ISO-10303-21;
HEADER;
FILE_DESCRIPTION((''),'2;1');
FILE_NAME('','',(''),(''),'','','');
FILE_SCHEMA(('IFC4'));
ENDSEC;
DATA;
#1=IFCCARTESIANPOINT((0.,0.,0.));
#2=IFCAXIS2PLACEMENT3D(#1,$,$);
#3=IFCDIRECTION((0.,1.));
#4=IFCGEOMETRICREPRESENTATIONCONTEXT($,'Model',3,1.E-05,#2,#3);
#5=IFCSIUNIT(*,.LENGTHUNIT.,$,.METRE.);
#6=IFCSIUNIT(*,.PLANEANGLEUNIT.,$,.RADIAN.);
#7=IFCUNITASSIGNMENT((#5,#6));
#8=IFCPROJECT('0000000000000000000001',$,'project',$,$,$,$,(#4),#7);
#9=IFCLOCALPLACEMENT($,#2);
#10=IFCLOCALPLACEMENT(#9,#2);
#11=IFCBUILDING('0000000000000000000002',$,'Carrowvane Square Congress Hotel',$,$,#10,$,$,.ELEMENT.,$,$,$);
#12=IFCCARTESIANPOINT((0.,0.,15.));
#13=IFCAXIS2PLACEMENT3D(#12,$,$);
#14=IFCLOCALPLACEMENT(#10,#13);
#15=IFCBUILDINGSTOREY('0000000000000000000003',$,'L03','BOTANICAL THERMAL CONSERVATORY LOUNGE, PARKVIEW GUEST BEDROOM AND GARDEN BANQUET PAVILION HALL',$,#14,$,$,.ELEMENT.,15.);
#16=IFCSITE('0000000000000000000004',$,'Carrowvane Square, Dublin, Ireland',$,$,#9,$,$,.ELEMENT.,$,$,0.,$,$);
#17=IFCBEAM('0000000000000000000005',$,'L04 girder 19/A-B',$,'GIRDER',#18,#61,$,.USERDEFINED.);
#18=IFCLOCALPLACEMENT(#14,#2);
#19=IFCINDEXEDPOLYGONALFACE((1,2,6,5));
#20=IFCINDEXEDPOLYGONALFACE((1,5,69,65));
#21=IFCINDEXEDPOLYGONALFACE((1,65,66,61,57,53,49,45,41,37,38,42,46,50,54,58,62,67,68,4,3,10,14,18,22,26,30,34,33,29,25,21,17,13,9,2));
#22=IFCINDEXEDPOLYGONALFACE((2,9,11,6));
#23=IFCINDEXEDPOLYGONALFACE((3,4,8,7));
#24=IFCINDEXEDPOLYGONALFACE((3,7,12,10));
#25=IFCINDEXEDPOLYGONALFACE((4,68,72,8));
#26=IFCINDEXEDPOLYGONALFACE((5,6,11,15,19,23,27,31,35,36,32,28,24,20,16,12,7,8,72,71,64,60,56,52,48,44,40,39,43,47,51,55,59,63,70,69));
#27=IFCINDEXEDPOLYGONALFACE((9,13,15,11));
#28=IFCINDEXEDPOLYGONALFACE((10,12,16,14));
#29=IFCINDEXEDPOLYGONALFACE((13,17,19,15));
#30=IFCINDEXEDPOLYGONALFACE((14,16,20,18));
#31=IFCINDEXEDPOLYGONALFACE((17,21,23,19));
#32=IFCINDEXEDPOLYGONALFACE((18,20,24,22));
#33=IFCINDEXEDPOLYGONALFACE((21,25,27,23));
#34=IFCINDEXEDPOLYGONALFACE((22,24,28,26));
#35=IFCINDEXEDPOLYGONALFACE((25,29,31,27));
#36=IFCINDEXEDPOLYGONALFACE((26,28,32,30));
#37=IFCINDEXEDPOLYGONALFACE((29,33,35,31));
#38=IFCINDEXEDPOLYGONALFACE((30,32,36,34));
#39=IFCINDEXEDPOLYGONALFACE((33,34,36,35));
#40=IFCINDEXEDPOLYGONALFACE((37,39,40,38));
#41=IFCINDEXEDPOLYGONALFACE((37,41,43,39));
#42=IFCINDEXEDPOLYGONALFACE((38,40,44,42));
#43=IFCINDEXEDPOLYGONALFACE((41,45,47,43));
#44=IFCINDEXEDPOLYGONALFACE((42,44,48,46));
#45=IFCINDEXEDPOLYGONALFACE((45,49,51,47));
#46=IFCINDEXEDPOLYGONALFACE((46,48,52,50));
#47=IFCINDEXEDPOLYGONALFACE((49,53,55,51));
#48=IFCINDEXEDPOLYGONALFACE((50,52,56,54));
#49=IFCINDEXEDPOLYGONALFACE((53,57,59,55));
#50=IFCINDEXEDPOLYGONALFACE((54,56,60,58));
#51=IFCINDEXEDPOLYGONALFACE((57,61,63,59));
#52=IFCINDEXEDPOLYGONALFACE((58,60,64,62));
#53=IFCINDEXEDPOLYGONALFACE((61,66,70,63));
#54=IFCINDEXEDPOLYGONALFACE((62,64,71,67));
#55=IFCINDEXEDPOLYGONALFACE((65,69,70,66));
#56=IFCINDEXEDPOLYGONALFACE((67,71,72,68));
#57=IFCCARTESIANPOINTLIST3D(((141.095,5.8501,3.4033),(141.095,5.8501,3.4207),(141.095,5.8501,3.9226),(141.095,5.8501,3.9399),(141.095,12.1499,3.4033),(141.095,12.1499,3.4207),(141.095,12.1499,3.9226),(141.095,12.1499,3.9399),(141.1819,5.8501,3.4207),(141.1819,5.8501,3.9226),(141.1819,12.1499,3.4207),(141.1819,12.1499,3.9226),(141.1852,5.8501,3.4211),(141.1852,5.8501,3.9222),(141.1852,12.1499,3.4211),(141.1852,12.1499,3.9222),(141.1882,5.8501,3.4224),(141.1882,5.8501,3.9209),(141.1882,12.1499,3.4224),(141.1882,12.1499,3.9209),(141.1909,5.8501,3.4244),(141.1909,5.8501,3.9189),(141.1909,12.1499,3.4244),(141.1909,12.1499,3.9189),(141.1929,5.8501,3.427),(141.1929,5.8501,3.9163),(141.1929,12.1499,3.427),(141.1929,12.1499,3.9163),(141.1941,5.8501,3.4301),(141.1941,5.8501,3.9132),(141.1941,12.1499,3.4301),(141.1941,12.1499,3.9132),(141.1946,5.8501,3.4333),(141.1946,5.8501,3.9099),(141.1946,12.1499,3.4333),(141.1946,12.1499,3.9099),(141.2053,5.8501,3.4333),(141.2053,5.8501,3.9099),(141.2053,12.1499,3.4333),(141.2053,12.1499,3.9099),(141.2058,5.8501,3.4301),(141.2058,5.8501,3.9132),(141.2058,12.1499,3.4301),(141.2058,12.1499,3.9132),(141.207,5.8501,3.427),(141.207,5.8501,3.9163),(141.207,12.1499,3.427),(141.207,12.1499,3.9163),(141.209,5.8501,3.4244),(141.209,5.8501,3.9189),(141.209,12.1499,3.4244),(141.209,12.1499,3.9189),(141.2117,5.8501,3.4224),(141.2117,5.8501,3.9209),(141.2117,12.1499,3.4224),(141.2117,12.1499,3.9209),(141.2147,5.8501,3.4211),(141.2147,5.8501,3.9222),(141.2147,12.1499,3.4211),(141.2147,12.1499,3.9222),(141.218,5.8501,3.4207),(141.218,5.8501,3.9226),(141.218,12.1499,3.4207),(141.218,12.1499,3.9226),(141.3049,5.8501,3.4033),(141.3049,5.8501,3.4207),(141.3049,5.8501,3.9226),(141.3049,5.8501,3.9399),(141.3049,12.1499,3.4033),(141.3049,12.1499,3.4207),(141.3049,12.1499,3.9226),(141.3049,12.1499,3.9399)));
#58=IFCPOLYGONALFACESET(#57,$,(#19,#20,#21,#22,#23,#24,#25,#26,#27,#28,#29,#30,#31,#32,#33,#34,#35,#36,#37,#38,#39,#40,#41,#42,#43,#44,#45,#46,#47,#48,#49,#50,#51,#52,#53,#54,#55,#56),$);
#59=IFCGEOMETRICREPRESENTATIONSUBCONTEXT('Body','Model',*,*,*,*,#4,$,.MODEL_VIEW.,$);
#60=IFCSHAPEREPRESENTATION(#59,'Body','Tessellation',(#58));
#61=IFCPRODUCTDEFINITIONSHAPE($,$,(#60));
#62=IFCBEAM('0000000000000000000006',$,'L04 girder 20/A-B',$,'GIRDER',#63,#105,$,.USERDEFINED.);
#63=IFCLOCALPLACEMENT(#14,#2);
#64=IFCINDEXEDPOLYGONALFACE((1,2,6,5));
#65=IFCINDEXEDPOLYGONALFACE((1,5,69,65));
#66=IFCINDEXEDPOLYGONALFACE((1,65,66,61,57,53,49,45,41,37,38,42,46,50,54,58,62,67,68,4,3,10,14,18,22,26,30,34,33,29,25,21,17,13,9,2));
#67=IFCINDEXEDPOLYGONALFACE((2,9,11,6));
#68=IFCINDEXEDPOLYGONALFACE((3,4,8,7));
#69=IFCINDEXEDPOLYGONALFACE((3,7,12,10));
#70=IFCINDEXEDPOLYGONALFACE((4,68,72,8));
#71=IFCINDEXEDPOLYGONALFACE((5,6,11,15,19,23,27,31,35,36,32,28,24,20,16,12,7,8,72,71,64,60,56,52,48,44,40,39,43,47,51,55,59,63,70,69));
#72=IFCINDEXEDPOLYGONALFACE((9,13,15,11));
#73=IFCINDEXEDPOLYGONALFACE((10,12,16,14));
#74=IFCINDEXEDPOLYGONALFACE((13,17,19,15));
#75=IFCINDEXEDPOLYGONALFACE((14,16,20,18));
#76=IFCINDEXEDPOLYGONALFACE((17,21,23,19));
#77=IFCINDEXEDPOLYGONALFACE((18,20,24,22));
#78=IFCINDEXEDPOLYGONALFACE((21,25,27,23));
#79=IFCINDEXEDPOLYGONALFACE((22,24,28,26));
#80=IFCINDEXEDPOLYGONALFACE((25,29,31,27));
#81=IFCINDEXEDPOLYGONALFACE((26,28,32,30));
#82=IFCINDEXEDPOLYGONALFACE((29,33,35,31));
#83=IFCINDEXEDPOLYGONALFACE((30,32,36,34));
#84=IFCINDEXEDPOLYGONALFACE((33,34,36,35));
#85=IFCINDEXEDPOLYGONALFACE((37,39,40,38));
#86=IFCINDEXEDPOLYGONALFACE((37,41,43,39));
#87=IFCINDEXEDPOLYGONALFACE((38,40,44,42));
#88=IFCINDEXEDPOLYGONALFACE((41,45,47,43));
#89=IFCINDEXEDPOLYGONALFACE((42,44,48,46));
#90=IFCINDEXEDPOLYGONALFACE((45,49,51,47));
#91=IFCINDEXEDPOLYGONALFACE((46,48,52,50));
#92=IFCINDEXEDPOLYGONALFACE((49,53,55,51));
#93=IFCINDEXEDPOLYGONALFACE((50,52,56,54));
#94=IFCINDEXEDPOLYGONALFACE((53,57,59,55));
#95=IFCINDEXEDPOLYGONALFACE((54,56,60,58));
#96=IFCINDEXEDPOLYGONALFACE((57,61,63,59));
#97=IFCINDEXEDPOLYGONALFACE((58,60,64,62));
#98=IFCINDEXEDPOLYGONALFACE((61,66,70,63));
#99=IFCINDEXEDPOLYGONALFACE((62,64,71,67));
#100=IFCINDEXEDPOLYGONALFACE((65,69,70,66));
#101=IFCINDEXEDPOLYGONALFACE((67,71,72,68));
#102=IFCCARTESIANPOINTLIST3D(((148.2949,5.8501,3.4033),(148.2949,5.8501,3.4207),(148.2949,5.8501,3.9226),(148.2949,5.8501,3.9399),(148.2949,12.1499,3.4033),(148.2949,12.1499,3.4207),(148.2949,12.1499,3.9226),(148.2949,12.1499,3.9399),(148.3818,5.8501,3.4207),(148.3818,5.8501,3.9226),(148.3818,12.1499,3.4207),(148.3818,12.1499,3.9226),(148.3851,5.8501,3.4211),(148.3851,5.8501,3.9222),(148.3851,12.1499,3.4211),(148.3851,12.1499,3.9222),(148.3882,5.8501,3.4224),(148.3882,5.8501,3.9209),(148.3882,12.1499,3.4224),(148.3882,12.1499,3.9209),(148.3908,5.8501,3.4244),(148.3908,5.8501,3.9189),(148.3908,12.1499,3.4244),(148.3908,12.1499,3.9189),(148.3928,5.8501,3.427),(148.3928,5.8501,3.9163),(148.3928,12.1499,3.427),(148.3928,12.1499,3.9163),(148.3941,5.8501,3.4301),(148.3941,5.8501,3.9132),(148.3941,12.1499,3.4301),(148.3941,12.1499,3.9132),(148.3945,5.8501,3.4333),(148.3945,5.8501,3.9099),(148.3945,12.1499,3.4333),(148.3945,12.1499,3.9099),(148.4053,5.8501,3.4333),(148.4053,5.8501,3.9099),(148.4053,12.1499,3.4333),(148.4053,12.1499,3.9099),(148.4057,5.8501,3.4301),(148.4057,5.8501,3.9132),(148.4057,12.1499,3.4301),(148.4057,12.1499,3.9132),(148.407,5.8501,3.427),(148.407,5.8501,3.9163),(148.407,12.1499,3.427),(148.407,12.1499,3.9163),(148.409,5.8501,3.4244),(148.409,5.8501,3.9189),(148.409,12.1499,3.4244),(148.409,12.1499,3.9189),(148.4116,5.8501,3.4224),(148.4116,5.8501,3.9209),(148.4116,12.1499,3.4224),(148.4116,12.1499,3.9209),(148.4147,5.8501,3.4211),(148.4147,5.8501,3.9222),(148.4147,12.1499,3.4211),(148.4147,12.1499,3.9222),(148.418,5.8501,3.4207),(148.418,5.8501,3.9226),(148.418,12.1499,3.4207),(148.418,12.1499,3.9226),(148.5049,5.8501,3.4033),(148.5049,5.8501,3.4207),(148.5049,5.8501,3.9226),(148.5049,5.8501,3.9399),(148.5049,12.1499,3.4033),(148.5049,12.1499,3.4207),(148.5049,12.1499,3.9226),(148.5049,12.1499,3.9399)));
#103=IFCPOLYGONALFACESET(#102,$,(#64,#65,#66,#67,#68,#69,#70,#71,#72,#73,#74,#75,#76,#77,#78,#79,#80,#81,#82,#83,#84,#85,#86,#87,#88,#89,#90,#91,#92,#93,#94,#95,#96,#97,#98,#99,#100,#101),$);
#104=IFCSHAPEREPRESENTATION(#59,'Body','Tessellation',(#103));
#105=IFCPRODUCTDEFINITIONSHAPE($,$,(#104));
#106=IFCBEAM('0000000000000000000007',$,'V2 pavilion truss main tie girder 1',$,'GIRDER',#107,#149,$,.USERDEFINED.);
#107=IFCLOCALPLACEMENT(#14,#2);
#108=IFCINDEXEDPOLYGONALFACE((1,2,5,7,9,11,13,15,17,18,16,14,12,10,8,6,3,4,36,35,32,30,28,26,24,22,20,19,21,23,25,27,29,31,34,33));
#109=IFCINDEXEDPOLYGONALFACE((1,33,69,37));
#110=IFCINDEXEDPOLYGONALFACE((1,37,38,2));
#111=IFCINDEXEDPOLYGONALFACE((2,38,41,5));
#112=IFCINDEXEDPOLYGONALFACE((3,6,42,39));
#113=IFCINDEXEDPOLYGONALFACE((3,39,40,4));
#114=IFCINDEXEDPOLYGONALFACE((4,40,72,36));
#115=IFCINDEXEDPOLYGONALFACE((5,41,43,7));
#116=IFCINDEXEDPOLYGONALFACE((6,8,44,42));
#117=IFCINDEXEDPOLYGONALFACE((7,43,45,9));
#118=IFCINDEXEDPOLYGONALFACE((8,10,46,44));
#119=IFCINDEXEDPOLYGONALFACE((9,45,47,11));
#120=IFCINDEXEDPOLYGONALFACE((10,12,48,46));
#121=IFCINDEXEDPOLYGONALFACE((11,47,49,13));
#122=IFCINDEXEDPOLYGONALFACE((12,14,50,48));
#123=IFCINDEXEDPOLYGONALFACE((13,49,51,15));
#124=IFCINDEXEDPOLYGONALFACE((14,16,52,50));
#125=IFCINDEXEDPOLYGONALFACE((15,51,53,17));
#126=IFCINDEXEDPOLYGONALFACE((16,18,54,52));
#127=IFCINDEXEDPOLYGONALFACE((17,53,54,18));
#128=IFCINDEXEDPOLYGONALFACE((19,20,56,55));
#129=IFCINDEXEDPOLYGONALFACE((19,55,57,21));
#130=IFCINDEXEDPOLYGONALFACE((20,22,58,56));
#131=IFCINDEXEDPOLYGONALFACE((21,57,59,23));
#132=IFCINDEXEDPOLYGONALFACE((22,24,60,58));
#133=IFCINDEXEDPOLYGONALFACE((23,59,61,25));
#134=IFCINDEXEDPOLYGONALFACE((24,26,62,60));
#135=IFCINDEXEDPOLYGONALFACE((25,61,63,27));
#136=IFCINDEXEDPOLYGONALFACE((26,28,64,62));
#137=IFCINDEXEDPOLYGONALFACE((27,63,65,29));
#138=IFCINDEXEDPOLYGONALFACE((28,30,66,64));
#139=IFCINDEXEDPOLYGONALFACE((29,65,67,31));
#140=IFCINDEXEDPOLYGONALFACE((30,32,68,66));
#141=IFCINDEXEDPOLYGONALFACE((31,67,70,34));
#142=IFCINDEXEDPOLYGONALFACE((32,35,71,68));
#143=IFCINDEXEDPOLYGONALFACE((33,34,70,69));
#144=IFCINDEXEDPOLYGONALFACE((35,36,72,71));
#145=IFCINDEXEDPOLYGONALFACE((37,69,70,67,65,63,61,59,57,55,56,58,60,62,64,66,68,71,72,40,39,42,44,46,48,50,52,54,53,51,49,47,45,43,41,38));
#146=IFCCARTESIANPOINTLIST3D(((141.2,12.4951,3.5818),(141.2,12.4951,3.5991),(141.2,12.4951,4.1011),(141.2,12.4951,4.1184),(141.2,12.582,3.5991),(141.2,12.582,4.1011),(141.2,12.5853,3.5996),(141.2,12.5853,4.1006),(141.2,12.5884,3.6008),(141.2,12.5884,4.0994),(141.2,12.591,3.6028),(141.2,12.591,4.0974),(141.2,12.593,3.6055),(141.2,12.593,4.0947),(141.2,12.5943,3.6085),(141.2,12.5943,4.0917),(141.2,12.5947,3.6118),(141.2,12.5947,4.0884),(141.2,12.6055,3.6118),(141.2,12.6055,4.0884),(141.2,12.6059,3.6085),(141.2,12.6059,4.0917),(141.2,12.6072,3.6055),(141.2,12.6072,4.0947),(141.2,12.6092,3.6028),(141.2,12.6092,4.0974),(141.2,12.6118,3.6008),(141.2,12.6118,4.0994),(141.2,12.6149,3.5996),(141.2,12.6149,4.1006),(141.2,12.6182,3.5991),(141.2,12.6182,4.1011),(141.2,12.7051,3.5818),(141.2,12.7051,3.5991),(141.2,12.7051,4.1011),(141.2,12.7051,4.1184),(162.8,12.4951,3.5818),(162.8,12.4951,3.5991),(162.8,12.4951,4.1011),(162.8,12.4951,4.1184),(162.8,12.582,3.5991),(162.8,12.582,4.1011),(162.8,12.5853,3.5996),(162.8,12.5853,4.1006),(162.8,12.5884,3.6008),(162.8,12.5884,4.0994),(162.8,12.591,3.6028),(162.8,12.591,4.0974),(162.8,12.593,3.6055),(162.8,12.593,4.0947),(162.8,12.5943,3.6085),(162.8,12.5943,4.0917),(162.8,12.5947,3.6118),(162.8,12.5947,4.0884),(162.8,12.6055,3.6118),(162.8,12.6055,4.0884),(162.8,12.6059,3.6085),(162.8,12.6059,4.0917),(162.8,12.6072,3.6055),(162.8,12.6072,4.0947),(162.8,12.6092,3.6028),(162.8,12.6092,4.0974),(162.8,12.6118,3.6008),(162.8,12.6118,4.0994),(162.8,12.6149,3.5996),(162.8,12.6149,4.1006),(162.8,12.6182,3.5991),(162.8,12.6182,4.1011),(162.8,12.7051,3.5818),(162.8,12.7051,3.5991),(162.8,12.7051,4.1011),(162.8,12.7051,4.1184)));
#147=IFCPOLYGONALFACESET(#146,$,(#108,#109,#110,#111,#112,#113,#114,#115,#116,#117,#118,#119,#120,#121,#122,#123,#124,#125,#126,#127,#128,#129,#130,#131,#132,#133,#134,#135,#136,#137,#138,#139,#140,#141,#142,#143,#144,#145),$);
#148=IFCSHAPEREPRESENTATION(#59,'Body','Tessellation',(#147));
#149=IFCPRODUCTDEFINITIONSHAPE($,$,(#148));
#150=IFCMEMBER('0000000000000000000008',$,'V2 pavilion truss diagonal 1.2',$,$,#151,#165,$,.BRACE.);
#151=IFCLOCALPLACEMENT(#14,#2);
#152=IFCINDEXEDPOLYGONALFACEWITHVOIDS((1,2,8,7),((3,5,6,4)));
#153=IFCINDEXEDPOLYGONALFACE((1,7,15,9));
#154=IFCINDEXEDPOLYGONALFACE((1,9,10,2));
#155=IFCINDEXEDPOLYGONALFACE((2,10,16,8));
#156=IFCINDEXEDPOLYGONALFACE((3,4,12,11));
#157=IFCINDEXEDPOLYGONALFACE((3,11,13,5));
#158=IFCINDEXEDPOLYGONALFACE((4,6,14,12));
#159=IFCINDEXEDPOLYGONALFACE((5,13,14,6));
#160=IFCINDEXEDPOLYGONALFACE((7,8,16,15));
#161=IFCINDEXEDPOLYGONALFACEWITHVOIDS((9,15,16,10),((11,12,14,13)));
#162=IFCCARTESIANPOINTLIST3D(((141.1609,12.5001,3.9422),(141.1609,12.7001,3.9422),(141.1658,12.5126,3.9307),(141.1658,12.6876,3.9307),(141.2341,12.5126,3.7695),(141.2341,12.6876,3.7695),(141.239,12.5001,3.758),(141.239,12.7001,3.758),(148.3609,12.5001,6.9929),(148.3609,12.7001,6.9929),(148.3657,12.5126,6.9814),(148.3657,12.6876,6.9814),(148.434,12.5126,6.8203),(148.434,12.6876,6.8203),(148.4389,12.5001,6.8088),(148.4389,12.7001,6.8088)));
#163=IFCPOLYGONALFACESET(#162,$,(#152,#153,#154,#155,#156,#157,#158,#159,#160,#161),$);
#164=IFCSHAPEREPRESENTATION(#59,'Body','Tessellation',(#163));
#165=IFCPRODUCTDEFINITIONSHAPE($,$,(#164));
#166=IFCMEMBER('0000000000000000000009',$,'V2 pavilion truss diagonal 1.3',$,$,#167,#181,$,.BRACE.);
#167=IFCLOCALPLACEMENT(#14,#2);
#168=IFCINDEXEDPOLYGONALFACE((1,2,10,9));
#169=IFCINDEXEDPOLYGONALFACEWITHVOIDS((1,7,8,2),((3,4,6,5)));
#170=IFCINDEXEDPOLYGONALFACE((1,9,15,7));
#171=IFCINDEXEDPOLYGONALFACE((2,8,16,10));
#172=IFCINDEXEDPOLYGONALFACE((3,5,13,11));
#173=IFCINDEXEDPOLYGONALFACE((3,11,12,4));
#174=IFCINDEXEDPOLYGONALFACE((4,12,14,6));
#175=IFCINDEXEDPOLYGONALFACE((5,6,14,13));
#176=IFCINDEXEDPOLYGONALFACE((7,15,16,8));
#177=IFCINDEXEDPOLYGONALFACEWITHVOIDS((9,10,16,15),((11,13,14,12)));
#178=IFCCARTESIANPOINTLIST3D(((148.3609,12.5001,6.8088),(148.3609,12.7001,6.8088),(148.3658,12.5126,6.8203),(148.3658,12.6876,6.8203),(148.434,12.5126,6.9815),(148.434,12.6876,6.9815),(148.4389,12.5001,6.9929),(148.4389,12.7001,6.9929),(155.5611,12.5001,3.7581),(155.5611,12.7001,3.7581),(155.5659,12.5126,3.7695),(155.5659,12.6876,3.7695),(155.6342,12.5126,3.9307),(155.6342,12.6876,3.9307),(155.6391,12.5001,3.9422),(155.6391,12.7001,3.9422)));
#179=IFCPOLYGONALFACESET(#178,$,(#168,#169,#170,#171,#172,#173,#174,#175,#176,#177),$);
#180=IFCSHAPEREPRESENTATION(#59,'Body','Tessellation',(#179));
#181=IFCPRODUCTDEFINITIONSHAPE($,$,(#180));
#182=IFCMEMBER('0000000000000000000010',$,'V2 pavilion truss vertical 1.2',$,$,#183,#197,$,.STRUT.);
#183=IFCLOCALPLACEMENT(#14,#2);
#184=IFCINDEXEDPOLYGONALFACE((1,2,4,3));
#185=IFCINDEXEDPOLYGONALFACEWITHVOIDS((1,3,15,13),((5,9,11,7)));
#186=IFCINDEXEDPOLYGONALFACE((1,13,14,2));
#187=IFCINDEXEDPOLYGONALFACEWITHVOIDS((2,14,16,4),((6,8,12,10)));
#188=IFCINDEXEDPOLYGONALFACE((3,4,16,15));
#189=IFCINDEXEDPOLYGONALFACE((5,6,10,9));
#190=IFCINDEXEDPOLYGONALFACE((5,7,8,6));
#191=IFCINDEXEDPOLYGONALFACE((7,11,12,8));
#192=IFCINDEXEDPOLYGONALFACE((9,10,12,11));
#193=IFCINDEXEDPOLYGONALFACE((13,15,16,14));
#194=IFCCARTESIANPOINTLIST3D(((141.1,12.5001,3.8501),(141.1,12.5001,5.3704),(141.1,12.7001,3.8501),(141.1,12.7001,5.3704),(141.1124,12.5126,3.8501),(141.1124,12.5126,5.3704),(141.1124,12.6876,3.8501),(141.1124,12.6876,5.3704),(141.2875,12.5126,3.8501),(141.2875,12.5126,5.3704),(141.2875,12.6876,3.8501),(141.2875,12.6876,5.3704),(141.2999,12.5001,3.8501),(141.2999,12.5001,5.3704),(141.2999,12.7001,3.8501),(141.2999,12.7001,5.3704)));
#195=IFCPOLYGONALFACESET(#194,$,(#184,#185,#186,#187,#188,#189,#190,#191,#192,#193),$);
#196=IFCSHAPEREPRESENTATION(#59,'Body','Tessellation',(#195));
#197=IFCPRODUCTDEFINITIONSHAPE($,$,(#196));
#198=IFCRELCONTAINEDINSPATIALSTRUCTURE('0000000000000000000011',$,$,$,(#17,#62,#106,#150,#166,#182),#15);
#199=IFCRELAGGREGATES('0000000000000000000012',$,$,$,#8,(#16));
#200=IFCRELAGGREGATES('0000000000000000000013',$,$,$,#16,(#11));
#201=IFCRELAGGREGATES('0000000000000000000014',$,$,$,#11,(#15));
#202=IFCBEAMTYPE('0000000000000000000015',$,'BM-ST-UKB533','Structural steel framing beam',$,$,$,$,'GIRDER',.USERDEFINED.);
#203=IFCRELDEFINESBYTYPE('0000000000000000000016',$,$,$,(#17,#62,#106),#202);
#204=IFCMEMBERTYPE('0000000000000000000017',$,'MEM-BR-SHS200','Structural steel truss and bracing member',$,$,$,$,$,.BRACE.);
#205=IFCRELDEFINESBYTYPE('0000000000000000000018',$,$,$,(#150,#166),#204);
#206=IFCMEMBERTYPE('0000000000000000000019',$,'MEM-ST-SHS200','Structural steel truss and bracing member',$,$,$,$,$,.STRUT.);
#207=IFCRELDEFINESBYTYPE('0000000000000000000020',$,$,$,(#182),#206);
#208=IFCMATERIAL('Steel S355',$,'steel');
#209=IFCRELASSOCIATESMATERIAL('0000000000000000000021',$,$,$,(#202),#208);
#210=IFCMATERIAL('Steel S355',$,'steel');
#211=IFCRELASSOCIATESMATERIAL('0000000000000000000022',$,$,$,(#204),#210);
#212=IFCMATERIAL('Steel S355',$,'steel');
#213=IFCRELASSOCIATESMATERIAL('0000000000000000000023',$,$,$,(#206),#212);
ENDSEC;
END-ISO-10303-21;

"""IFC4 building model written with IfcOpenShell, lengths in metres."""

from ifc_helpers import new_model, si_unit, direction, frame, origin, origin_2d, place, context, subcontext, project, spatial, hollow_rectangle, i_section, extrude, material, material_profile, profile_set, type_object, element, save


model = new_model("IFC4")

# Units and contexts
model_context = context("Model", 3, precision=1e-05, world=origin(), true_north=direction((0.0, 1.0)))
body_context = subcontext(model_context, "Body", "Model", "MODEL_VIEW")
ifc_project = project(units=[si_unit("LENGTHUNIT", "METRE"), si_unit("PLANEANGLEUNIT", "RADIAN")], contexts=[model_context])

# Site, building, storey
site_placement = place(None, origin())
site = spatial("IfcSite", under=ifc_project, at=site_placement, Name="Carrowvane Square, Dublin, Ireland", CompositionType="ELEMENT", RefElevation=0.0)
building_placement = place(site_placement, origin())
building = spatial("IfcBuilding", under=site, at=building_placement, Name="Carrowvane Square Congress Hotel", CompositionType="ELEMENT")
storey_placement = place(building_placement, frame((0.0, 0.0, 15.0)))
storey = spatial("IfcBuildingStorey", under=building, at=storey_placement, Name="L03", Description="BOTANICAL THERMAL CONSERVATORY LOUNGE, PARKVIEW GUEST BEDROOM AND GARDEN BANQUET PAVILION HALL", CompositionType="ELEMENT", Elevation=15.0)

# Beams
ifc_material_1 = material(Name="Steel S355", Category="steel")
ifc_material_profile_1 = material_profile(ifc_material_1, i_section(OverallWidth=0.21, OverallDepth=0.5366, WebThickness=0.0107, FlangeThickness=0.0173, FilletRadius=0.0127, at=origin_2d()), Name="UKB 533x210x101")
ifc_profile_set_1 = profile_set([ifc_material_profile_1], Name="Steel S355")
beam_type_1 = type_object("IfcBeamType", Name="BM-ST-UKB533", Description="Structural steel framing beam", ElementType="GIRDER", PredefinedType="USERDEFINED", material=ifc_profile_set_1)
for number, where, z_axis, x_axis, name in (
    (1, (141.2, 5.8501, 3.6716), (0.0, 1.0, 0.0), (-1.0, 0.0, 0.0), "L04 girder 19/A-B"),
    (2, (148.3999, 5.8501, 3.6716), (0.0, 1.0, 0.0), (-1.0, 0.0, 0.0), "L04 girder 20/A-B"),
):
    element("IfcBeam", number, at=place(storey_placement, frame(where, z_axis=z_axis, x_axis=x_axis)), inside=storey, type_object=beam_type_1, Name=name, ObjectType="GIRDER", PredefinedType="USERDEFINED", context=body_context, shape_type="SweptSolid", body=[
        extrude(i_section(OverallWidth=0.21, OverallDepth=0.5366, WebThickness=0.0107, FlangeThickness=0.0173, FilletRadius=0.0127, at=origin_2d()), origin(), (0.0, 0.0, 1.0), 6.2998),
    ])
beam_1_placement = place(storey_placement, frame((141.2, 12.6001, 3.8501), z_axis=(1.0, 0.0, 0.0), x_axis=(0.0, 1.0, 0.0)))
element("IfcBeam", 3, at=beam_1_placement, inside=storey, type_object=beam_type_1, Name="V2 pavilion truss main tie girder 1", ObjectType="GIRDER", PredefinedType="USERDEFINED", context=body_context, shape_type="SweptSolid", body=[
    extrude(i_section(OverallWidth=0.21, OverallDepth=0.5366, WebThickness=0.0107, FlangeThickness=0.0173, FilletRadius=0.0127, at=origin_2d()), origin(), (0.0, 0.0, 1.0), 21.6001),
])

# Members
ifc_material_2 = material(Name="Steel S355", Category="steel")
ifc_material_profile_2 = material_profile(ifc_material_2, hollow_rectangle(XDim=0.2, YDim=0.2, WallThickness=0.0125, at=origin_2d()), Name="SHS 200x200x12.5")
ifc_profile_set_2 = profile_set([ifc_material_profile_2], Name="Steel S355")
member_type_1 = type_object("IfcMemberType", Name="MEM-BR-SHS200", Description="Structural steel truss and bracing member", PredefinedType="BRACE", material=ifc_profile_set_2)
member_1_placement = place(storey_placement, frame((141.2, 12.6001, 3.8501), z_axis=(0.920754, 0.0, 0.390144), x_axis=(0.0, 1.0, 0.0)))
element("IfcMember", 4, at=member_1_placement, inside=storey, type_object=member_type_1, Name="V2 pavilion truss diagonal 1.2", PredefinedType="BRACE", context=body_context, shape_type="SweptSolid", body=[
    extrude(hollow_rectangle(XDim=0.2, YDim=0.2, WallThickness=0.0125, at=origin_2d()), origin(), (0.0, 0.0, 1.0), 7.8196),
])
member_2_placement = place(storey_placement, frame((148.3999, 12.6001, 6.9009), z_axis=(0.920759, 0.0, -0.390133), x_axis=(0.0, 1.0, 0.0)))
element("IfcMember", 5, at=member_2_placement, inside=storey, type_object=member_type_1, Name="V2 pavilion truss diagonal 1.3", PredefinedType="BRACE", context=body_context, shape_type="SweptSolid", body=[
    extrude(hollow_rectangle(XDim=0.2, YDim=0.2, WallThickness=0.0125, at=origin_2d()), origin(), (0.0, 0.0, 1.0), 7.8198),
])
ifc_material_3 = material(Name="Steel S355", Category="steel")
ifc_material_profile_3 = material_profile(ifc_material_3, hollow_rectangle(XDim=0.2, YDim=0.2, WallThickness=0.0125, at=origin_2d()), Name="SHS 200x200x12.5")
ifc_profile_set_3 = profile_set([ifc_material_profile_3], Name="Steel S355")
member_type_2 = type_object("IfcMemberType", Name="MEM-ST-SHS200", Description="Structural steel truss and bracing member", PredefinedType="STRUT", material=ifc_profile_set_3)
member_3_placement = place(storey_placement, frame((141.2, 12.6001, 3.8501), z_axis=(0.0, 0.0, 1.0), x_axis=(1.0, 0.0, 0.0)))
element("IfcMember", 6, at=member_3_placement, inside=storey, type_object=member_type_2, Name="V2 pavilion truss vertical 1.2", PredefinedType="STRUT", context=body_context, shape_type="SweptSolid", body=[
    extrude(hollow_rectangle(XDim=0.2, YDim=0.2, WallThickness=0.0125, at=origin_2d()), origin(), (0.0, 0.0, 1.0), 1.5203),
])

save(model, "model.ifc")
